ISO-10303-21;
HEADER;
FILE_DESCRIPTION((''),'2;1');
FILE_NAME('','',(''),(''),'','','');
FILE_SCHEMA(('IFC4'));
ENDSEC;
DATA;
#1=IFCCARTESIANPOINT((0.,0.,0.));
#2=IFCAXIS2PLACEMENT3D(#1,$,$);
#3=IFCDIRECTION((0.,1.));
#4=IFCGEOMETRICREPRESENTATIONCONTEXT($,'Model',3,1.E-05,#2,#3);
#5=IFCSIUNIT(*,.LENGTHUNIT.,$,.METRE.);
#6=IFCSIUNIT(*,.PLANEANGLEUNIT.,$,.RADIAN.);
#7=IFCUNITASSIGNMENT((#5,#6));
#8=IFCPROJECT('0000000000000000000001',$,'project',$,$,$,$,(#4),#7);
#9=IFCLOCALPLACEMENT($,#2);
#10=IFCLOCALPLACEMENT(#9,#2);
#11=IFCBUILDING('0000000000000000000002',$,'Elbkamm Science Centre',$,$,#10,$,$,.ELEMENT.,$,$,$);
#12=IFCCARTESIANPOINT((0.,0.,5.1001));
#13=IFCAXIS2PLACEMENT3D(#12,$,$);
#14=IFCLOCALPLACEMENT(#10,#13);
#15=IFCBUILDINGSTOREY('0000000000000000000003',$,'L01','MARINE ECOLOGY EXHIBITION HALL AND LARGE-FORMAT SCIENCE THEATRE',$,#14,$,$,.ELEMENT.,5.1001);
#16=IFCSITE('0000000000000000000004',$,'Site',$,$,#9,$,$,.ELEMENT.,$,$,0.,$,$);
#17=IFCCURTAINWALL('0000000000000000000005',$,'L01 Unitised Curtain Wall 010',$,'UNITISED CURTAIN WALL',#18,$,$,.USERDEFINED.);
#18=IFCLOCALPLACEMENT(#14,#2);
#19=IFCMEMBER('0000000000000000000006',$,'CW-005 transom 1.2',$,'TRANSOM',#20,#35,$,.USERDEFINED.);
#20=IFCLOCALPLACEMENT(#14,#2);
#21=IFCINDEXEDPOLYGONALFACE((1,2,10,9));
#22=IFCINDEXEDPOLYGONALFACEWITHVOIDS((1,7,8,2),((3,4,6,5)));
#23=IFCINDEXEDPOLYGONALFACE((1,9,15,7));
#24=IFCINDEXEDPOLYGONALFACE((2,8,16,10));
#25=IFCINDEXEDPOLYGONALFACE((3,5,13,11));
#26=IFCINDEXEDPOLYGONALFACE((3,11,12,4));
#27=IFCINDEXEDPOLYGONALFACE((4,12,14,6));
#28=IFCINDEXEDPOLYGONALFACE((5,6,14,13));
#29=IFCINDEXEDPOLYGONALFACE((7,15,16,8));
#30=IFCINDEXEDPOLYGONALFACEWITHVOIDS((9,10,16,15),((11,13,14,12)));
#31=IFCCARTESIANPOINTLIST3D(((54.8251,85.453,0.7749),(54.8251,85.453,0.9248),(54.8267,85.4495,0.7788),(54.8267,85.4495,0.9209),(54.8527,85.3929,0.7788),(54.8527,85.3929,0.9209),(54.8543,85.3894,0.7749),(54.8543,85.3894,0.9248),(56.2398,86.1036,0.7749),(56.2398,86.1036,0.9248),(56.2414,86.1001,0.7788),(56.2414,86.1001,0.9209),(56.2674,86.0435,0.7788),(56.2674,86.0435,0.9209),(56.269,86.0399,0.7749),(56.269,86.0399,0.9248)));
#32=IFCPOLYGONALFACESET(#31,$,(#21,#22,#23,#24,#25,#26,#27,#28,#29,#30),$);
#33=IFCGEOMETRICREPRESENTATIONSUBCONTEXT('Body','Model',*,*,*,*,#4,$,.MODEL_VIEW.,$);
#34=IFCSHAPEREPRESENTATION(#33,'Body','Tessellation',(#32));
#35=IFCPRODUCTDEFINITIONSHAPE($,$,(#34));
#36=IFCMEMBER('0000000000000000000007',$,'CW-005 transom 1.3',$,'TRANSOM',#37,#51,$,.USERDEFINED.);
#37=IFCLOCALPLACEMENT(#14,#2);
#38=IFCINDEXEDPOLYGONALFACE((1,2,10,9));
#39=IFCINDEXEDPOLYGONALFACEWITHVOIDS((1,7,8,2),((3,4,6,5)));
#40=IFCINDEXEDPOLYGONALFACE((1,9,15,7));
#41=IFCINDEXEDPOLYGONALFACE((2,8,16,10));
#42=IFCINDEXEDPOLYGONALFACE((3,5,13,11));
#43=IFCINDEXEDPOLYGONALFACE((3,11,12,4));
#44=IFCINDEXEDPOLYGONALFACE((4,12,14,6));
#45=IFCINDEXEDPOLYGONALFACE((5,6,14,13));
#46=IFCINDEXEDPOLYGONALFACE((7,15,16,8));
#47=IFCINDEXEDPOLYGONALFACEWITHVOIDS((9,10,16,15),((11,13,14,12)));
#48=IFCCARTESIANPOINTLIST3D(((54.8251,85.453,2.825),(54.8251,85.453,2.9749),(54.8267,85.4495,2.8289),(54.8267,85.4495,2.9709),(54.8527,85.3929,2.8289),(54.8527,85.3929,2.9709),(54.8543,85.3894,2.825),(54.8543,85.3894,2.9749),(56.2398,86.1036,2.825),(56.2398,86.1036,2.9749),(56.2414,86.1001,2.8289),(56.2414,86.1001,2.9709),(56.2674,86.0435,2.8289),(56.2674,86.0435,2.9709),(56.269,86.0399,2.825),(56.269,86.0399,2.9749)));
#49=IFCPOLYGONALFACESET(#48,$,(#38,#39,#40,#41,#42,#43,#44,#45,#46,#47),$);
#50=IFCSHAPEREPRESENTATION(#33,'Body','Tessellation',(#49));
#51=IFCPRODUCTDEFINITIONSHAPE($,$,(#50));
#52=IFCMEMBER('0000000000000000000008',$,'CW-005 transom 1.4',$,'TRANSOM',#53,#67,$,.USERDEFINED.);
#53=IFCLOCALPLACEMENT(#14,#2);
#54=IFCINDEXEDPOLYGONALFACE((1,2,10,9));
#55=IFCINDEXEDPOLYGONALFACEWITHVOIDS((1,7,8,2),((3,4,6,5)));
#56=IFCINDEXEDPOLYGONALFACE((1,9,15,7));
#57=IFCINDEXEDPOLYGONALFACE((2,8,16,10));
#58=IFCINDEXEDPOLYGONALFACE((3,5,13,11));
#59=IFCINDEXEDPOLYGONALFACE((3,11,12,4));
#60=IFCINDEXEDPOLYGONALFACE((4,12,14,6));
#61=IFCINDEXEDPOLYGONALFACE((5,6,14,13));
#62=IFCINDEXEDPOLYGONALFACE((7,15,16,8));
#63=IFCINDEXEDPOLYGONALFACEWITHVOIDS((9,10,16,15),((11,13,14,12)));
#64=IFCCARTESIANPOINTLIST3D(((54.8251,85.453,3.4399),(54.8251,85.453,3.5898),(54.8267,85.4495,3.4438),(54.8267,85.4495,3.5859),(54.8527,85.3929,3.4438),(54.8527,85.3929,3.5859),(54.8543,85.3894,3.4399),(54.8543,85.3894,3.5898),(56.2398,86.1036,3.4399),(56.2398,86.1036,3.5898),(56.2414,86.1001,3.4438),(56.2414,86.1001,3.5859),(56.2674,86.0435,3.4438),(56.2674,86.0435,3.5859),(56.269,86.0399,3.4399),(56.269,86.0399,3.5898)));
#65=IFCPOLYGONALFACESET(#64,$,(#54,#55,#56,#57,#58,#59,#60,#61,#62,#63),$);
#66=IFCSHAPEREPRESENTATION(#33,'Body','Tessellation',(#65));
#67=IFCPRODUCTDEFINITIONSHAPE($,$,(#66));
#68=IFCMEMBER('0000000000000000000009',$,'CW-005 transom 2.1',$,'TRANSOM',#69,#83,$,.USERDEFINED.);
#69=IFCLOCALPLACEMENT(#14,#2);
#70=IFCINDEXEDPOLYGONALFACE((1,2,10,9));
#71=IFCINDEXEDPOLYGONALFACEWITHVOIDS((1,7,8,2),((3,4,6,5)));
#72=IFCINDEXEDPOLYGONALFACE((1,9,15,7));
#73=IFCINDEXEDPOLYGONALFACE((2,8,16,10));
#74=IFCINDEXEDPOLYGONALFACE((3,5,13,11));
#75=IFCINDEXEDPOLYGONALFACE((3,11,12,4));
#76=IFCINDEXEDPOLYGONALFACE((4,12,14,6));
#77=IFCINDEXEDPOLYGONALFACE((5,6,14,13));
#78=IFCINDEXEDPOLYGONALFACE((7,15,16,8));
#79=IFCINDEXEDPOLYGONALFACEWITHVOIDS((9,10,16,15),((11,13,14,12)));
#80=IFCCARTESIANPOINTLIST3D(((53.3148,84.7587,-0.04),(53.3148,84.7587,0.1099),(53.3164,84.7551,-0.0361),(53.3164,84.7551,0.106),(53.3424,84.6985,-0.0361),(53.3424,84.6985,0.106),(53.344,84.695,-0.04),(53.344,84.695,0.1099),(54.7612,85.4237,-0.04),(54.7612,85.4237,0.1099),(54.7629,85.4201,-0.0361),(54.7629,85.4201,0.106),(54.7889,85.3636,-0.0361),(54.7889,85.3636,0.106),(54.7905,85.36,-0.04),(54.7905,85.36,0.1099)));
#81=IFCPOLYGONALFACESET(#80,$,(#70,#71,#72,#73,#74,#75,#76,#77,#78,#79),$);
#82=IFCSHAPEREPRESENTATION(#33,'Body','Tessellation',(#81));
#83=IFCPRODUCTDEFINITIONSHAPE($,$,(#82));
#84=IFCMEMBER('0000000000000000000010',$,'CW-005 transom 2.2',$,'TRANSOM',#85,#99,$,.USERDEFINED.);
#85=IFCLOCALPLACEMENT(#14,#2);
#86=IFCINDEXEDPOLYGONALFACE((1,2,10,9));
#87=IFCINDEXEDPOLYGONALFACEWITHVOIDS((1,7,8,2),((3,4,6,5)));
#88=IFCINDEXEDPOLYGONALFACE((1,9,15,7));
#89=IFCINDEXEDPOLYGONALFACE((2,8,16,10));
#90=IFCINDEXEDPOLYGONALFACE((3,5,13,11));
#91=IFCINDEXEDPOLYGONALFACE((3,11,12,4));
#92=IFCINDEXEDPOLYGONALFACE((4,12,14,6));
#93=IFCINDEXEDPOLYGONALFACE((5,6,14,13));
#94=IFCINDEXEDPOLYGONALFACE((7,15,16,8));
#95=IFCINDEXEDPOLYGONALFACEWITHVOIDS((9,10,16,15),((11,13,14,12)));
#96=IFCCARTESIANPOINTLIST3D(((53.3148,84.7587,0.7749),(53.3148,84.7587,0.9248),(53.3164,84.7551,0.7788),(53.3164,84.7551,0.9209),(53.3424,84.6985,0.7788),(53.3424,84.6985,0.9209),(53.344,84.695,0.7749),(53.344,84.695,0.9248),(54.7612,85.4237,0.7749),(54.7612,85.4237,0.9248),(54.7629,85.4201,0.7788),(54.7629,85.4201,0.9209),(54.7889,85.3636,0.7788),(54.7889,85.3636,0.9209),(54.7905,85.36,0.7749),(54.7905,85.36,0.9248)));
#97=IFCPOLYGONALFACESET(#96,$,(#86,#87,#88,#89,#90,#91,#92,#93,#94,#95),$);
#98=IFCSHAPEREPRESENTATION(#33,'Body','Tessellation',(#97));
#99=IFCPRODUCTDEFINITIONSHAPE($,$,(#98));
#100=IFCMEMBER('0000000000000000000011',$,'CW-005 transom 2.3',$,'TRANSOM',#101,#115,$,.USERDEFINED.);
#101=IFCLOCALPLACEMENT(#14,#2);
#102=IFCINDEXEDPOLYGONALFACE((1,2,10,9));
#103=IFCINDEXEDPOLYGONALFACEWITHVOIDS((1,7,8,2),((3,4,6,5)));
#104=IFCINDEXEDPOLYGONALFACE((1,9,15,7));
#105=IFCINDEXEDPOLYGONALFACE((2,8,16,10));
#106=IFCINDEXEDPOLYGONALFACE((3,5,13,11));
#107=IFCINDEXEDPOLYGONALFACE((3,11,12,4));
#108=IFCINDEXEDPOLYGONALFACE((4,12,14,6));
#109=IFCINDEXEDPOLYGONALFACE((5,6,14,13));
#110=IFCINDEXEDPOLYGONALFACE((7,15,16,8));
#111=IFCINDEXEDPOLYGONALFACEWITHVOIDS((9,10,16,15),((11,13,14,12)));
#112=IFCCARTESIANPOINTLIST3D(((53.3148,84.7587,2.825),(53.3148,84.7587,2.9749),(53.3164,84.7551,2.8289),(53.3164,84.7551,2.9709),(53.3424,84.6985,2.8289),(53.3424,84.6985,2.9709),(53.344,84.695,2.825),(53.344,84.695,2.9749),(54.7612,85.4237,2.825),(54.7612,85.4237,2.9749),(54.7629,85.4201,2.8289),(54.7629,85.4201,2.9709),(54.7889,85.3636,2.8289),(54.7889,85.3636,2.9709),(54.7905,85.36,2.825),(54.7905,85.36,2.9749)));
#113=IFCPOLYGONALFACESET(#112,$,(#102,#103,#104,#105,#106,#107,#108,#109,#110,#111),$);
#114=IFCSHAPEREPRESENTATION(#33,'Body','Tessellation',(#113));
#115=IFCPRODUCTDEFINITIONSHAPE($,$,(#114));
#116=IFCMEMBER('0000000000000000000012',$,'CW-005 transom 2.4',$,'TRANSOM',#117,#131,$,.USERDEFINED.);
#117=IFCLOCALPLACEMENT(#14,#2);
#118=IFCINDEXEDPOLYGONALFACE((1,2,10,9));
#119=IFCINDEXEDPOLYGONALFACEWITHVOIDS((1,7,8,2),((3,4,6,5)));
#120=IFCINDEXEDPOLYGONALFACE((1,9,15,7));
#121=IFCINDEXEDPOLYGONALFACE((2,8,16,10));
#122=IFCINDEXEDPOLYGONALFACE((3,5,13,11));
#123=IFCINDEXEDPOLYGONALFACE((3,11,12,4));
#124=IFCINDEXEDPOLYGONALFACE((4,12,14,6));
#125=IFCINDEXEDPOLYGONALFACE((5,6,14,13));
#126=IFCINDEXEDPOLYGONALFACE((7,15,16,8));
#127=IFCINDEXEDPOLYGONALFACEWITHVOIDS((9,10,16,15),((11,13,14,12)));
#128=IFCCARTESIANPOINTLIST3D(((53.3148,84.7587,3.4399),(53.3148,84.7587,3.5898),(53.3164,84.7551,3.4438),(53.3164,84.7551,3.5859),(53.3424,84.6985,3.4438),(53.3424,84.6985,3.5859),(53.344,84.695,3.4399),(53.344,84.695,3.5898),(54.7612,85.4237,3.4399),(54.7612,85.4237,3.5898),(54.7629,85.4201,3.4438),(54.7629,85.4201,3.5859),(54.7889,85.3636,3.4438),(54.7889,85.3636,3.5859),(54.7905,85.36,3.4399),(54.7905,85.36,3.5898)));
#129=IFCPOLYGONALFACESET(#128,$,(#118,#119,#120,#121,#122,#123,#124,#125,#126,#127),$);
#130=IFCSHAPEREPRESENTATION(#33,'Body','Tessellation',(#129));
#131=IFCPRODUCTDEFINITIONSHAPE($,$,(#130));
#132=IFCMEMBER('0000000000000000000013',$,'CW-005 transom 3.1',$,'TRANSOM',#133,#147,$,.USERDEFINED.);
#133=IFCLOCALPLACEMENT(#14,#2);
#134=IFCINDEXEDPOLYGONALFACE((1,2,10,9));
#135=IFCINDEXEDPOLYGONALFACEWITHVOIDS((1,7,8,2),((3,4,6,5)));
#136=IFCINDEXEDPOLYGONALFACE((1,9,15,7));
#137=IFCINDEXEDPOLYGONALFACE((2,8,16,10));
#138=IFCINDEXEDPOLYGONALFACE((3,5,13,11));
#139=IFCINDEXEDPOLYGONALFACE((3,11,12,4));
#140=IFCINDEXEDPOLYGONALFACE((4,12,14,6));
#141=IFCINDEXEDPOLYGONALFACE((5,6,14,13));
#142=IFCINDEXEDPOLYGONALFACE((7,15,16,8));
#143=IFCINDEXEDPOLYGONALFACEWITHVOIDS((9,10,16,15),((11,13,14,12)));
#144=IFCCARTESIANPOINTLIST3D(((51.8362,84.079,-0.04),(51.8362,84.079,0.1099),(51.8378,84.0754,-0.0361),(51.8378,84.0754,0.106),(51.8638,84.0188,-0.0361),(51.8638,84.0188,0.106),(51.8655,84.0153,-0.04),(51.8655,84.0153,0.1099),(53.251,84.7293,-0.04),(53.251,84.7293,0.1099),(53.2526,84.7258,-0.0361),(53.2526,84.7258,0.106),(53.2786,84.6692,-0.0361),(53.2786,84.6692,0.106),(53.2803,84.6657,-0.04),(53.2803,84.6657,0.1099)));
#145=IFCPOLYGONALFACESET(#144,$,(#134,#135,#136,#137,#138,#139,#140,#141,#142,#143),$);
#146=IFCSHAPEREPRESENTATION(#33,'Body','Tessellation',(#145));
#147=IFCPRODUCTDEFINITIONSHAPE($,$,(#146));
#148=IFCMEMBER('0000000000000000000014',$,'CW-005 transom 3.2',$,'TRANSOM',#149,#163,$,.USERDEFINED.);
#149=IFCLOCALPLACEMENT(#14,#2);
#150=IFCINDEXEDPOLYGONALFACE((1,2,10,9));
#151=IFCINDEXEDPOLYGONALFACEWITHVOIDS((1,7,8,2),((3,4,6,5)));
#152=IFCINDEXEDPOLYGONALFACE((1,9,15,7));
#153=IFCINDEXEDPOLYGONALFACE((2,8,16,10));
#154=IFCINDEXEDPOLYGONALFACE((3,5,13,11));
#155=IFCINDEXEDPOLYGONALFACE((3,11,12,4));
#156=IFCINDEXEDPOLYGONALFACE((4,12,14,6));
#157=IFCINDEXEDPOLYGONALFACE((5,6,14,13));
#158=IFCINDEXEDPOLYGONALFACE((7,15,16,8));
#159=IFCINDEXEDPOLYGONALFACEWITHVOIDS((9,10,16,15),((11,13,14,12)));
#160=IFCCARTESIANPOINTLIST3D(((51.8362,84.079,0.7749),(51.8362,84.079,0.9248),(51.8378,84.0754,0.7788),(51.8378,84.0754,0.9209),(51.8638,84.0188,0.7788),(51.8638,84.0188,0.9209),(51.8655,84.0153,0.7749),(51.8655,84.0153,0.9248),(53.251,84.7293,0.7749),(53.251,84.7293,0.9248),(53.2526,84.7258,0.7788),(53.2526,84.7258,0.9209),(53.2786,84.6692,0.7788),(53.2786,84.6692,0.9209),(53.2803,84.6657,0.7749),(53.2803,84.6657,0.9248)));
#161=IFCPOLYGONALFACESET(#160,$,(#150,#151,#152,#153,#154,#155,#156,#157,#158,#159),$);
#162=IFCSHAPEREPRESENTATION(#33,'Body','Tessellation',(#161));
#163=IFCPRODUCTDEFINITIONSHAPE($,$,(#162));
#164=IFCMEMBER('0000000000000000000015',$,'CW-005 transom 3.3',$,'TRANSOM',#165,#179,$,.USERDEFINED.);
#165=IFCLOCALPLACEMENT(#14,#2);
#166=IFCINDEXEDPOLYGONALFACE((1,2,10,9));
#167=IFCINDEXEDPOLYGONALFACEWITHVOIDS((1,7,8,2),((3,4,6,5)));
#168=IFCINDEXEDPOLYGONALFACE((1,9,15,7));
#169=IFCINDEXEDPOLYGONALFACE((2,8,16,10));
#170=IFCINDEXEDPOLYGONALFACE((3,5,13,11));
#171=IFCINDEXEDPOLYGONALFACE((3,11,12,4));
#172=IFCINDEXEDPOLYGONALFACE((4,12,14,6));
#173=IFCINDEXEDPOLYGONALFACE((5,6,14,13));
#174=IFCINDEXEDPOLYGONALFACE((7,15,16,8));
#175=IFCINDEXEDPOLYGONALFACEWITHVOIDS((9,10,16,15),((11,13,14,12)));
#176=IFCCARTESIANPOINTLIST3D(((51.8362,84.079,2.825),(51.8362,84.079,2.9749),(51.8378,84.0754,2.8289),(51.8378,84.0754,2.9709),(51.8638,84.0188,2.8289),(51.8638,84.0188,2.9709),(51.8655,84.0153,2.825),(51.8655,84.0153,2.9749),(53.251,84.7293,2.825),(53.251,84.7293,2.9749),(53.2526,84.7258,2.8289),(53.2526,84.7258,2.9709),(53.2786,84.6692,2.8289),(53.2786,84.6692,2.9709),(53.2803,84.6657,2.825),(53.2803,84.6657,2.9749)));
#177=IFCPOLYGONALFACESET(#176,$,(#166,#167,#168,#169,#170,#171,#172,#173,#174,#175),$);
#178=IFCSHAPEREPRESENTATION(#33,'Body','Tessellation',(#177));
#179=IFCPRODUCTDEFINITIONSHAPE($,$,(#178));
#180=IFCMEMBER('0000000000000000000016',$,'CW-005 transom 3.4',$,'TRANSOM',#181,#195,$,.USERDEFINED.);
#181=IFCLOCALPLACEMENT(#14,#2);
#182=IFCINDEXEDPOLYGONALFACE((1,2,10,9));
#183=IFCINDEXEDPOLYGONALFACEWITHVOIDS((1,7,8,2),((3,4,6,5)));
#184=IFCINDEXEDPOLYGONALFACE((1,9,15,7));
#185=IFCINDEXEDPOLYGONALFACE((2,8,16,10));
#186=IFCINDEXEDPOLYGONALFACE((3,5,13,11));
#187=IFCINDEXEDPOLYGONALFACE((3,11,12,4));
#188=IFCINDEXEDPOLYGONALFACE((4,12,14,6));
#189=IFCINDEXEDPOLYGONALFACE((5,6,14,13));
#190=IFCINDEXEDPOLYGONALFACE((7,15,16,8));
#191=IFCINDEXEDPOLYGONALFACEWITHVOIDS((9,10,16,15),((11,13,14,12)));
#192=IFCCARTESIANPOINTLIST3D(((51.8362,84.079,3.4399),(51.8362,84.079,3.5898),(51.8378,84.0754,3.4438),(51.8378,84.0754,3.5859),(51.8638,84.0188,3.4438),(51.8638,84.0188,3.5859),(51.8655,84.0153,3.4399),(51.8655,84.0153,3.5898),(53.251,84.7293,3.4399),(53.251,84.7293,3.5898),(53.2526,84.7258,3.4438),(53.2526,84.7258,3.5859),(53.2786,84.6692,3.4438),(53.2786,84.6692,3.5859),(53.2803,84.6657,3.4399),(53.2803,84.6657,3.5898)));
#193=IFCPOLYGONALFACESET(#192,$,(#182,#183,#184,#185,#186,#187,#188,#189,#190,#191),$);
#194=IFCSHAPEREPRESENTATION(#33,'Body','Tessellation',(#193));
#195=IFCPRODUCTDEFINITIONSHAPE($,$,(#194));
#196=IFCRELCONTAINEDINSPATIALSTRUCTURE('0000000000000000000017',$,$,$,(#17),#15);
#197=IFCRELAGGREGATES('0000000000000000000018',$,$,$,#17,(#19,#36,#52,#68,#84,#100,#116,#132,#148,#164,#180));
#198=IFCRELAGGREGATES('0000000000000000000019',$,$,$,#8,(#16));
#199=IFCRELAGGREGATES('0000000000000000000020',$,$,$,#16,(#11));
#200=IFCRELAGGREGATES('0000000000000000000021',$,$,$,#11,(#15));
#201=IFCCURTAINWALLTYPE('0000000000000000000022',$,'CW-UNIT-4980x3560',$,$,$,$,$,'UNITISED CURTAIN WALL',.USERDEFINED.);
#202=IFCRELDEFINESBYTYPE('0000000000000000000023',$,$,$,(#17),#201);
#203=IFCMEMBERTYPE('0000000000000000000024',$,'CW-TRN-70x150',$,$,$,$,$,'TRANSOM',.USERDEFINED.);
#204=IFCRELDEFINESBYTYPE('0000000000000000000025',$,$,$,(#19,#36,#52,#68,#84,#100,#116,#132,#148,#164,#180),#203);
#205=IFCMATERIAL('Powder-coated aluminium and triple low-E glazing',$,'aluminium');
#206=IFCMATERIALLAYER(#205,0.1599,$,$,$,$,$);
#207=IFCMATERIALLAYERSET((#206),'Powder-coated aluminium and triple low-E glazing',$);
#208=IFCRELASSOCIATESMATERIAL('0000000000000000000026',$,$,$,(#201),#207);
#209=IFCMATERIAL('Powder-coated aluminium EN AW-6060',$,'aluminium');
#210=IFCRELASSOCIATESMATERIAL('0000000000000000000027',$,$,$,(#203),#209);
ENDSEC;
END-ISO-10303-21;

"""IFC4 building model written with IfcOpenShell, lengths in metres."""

from ifc_helpers import new_model, si_unit, direction, frame, origin, origin_2d, place, context, subcontext, project, spatial, hollow_rectangle, extrude, material, layer, layer_set, material_profile, profile_set, type_object, element, aggregate, save


model = new_model("IFC4")

# Units and contexts
model_context = context("Model", 3, precision=1e-05, world=origin(), true_north=direction((0.0, 1.0)))
body_context = subcontext(model_context, "Body", "Model", "MODEL_VIEW")
ifc_project = project(units=[si_unit("LENGTHUNIT", "METRE"), si_unit("PLANEANGLEUNIT", "RADIAN")], contexts=[model_context])

# Site, building, storey
site_placement = place(None, origin())
site = spatial("IfcSite", under=ifc_project, at=site_placement, Name="Site", CompositionType="ELEMENT", RefElevation=0.0)
building_placement = place(site_placement, origin())
building = spatial("IfcBuilding", under=site, at=building_placement, Name="Elbkamm Science Centre", CompositionType="ELEMENT")
storey_placement = place(building_placement, frame((0.0, 0.0, 5.1001)))
storey = spatial("IfcBuildingStorey", under=building, at=storey_placement, Name="L01", Description="MARINE ECOLOGY EXHIBITION HALL AND LARGE-FORMAT SCIENCE THEATRE", CompositionType="ELEMENT", Elevation=5.1001)

# Shared definitions
ifc_material_1 = material(Name="Powder-coated aluminium and triple low-E glazing", Category="aluminium")
ifc_material_2 = material(Name="Powder-coated aluminium EN AW-6060", Category="aluminium")

# Curtain wall, members
ifc_layer_1 = layer(ifc_material_1, 0.1599)
ifc_layer_set_1 = layer_set([ifc_layer_1], Name="Powder-coated aluminium and triple low-E glazing")
curtain_wall_type_1 = type_object("IfcCurtainWallType", Name="CW-UNIT-4980x3560", ElementType="UNITISED CURTAIN WALL", PredefinedType="USERDEFINED", material=ifc_layer_set_1)
curtain_wall_1_placement = place(storey_placement, origin())
curtain_wall_1 = element("IfcCurtainWall", 1, at=curtain_wall_1_placement, inside=storey, type_object=curtain_wall_type_1, Name="L01 Unitised Curtain Wall 010", ObjectType="UNITISED CURTAIN WALL", PredefinedType="USERDEFINED")
ifc_material_profile_1 = material_profile(ifc_material_2, hollow_rectangle(XDim=0.0701, YDim=0.1499, WallThickness=0.0039, at=origin_2d()), Name="ALU T70x150")
ifc_profile_set_1 = profile_set([ifc_material_profile_1], Name="Powder-coated aluminium EN AW-6060")
member_type_1 = type_object("IfcMemberType", Name="CW-TRN-70x150", ElementType="TRANSOM", PredefinedType="USERDEFINED", material=ifc_profile_set_1)
member_1_placement = place(storey_placement, frame((56.2544, 86.0718, 0.8499), z_axis=(-0.908532, -0.417815, 0.0), x_axis=(0.417815, -0.908532, 0.0)))
member_1 = element("IfcMember", 2, at=member_1_placement, type_object=member_type_1, Name="CW-005 transom 1.2", ObjectType="TRANSOM", PredefinedType="USERDEFINED", context=body_context, shape_type="SweptSolid", body=[
    extrude(hollow_rectangle(XDim=0.0701, YDim=0.1499, WallThickness=0.0039, at=origin_2d()), origin(), (0.0, 0.0, 1.0), 1.5571),
])
member_2_placement = place(storey_placement, frame((56.2544, 86.0718, 2.8999), z_axis=(-0.908532, -0.417815, 0.0), x_axis=(0.417815, -0.908532, 0.0)))
member_2 = element("IfcMember", 3, at=member_2_placement, type_object=member_type_1, Name="CW-005 transom 1.3", ObjectType="TRANSOM", PredefinedType="USERDEFINED", context=body_context, shape_type="SweptSolid", body=[
    extrude(hollow_rectangle(XDim=0.0701, YDim=0.1499, WallThickness=0.0039, at=origin_2d()), origin(), (0.0, 0.0, 1.0), 1.5571),
])
member_3_placement = place(storey_placement, frame((56.2544, 86.0718, 3.5149), z_axis=(-0.908532, -0.417815, 0.0), x_axis=(0.417815, -0.908532, 0.0)))
member_3 = element("IfcMember", 4, at=member_3_placement, type_object=member_type_1, Name="CW-005 transom 1.4", ObjectType="TRANSOM", PredefinedType="USERDEFINED", context=body_context, shape_type="SweptSolid", body=[
    extrude(hollow_rectangle(XDim=0.0701, YDim=0.1499, WallThickness=0.0039, at=origin_2d()), origin(), (0.0, 0.0, 1.0), 1.5571),
])
member_4_placement = place(storey_placement, frame((54.7759, 85.3918, 0.0349), z_axis=(-0.908578, -0.417716, 0.0), x_axis=(0.417716, -0.908578, 0.0)))
member_4 = element("IfcMember", 5, at=member_4_placement, type_object=member_type_1, Name="CW-005 transom 2.1", ObjectType="TRANSOM", PredefinedType="USERDEFINED", context=body_context, shape_type="SweptSolid", body=[
    extrude(hollow_rectangle(XDim=0.0701, YDim=0.1499, WallThickness=0.0039, at=origin_2d()), origin(), (0.0, 0.0, 1.0), 1.592),
])
member_5_placement = place(storey_placement, frame((54.7759, 85.3918, 0.8499), z_axis=(-0.908578, -0.417716, 0.0), x_axis=(0.417716, -0.908578, 0.0)))
member_5 = element("IfcMember", 6, at=member_5_placement, type_object=member_type_1, Name="CW-005 transom 2.2", ObjectType="TRANSOM", PredefinedType="USERDEFINED", context=body_context, shape_type="SweptSolid", body=[
    extrude(hollow_rectangle(XDim=0.0701, YDim=0.1499, WallThickness=0.0039, at=origin_2d()), origin(), (0.0, 0.0, 1.0), 1.592),
])
member_6_placement = place(storey_placement, frame((54.7759, 85.3918, 2.8999), z_axis=(-0.908578, -0.417716, 0.0), x_axis=(0.417716, -0.908578, 0.0)))
member_6 = element("IfcMember", 7, at=member_6_placement, type_object=member_type_1, Name="CW-005 transom 2.3", ObjectType="TRANSOM", PredefinedType="USERDEFINED", context=body_context, shape_type="SweptSolid", body=[
    extrude(hollow_rectangle(XDim=0.0701, YDim=0.1499, WallThickness=0.0039, at=origin_2d()), origin(), (0.0, 0.0, 1.0), 1.592),
])
member_7_placement = place(storey_placement, frame((54.7759, 85.3918, 3.5149), z_axis=(-0.908578, -0.417716, 0.0), x_axis=(0.417716, -0.908578, 0.0)))
member_7 = element("IfcMember", 8, at=member_7_placement, type_object=member_type_1, Name="CW-005 transom 2.4", ObjectType="TRANSOM", PredefinedType="USERDEFINED", context=body_context, shape_type="SweptSolid", body=[
    extrude(hollow_rectangle(XDim=0.0701, YDim=0.1499, WallThickness=0.0039, at=origin_2d()), origin(), (0.0, 0.0, 1.0), 1.592),
])
member_8_placement = place(storey_placement, frame((53.2656, 84.6975, 0.0349), z_axis=(-0.908592, -0.417686, 0.0), x_axis=(0.417686, -0.908592, 0.0)))
member_8 = element("IfcMember", 9, at=member_8_placement, type_object=member_type_1, Name="CW-005 transom 3.1", ObjectType="TRANSOM", PredefinedType="USERDEFINED", context=body_context, shape_type="SweptSolid", body=[
    extrude(hollow_rectangle(XDim=0.0701, YDim=0.1499, WallThickness=0.0039, at=origin_2d()), origin(), (0.0, 0.0, 1.0), 1.5571),
])
member_9_placement = place(storey_placement, frame((53.2656, 84.6975, 0.8499), z_axis=(-0.908592, -0.417686, 0.0), x_axis=(0.417686, -0.908592, 0.0)))
member_9 = element("IfcMember", 10, at=member_9_placement, type_object=member_type_1, Name="CW-005 transom 3.2", ObjectType="TRANSOM", PredefinedType="USERDEFINED", context=body_context, shape_type="SweptSolid", body=[
    extrude(hollow_rectangle(XDim=0.0701, YDim=0.1499, WallThickness=0.0039, at=origin_2d()), origin(), (0.0, 0.0, 1.0), 1.5571),
])
member_10_placement = place(storey_placement, frame((53.2656, 84.6975, 2.8999), z_axis=(-0.908592, -0.417686, 0.0), x_axis=(0.417686, -0.908592, 0.0)))
member_10 = element("IfcMember", 11, at=member_10_placement, type_object=member_type_1, Name="CW-005 transom 3.3", ObjectType="TRANSOM", PredefinedType="USERDEFINED", context=body_context, shape_type="SweptSolid", body=[
    extrude(hollow_rectangle(XDim=0.0701, YDim=0.1499, WallThickness=0.0039, at=origin_2d()), origin(), (0.0, 0.0, 1.0), 1.5571),
])
member_11_placement = place(storey_placement, frame((53.2656, 84.6975, 3.5149), z_axis=(-0.908592, -0.417686, 0.0), x_axis=(0.417686, -0.908592, 0.0)))
member_11 = element("IfcMember", 12, at=member_11_placement, type_object=member_type_1, Name="CW-005 transom 3.4", ObjectType="TRANSOM", PredefinedType="USERDEFINED", context=body_context, shape_type="SweptSolid", body=[
    extrude(hollow_rectangle(XDim=0.0701, YDim=0.1499, WallThickness=0.0039, at=origin_2d()), origin(), (0.0, 0.0, 1.0), 1.5571),
])
aggregate(curtain_wall_1, [member_1, member_2, member_3, member_4, member_5, member_6, member_7, member_8, member_9, member_10, member_11])

save(model, "model.ifc")
